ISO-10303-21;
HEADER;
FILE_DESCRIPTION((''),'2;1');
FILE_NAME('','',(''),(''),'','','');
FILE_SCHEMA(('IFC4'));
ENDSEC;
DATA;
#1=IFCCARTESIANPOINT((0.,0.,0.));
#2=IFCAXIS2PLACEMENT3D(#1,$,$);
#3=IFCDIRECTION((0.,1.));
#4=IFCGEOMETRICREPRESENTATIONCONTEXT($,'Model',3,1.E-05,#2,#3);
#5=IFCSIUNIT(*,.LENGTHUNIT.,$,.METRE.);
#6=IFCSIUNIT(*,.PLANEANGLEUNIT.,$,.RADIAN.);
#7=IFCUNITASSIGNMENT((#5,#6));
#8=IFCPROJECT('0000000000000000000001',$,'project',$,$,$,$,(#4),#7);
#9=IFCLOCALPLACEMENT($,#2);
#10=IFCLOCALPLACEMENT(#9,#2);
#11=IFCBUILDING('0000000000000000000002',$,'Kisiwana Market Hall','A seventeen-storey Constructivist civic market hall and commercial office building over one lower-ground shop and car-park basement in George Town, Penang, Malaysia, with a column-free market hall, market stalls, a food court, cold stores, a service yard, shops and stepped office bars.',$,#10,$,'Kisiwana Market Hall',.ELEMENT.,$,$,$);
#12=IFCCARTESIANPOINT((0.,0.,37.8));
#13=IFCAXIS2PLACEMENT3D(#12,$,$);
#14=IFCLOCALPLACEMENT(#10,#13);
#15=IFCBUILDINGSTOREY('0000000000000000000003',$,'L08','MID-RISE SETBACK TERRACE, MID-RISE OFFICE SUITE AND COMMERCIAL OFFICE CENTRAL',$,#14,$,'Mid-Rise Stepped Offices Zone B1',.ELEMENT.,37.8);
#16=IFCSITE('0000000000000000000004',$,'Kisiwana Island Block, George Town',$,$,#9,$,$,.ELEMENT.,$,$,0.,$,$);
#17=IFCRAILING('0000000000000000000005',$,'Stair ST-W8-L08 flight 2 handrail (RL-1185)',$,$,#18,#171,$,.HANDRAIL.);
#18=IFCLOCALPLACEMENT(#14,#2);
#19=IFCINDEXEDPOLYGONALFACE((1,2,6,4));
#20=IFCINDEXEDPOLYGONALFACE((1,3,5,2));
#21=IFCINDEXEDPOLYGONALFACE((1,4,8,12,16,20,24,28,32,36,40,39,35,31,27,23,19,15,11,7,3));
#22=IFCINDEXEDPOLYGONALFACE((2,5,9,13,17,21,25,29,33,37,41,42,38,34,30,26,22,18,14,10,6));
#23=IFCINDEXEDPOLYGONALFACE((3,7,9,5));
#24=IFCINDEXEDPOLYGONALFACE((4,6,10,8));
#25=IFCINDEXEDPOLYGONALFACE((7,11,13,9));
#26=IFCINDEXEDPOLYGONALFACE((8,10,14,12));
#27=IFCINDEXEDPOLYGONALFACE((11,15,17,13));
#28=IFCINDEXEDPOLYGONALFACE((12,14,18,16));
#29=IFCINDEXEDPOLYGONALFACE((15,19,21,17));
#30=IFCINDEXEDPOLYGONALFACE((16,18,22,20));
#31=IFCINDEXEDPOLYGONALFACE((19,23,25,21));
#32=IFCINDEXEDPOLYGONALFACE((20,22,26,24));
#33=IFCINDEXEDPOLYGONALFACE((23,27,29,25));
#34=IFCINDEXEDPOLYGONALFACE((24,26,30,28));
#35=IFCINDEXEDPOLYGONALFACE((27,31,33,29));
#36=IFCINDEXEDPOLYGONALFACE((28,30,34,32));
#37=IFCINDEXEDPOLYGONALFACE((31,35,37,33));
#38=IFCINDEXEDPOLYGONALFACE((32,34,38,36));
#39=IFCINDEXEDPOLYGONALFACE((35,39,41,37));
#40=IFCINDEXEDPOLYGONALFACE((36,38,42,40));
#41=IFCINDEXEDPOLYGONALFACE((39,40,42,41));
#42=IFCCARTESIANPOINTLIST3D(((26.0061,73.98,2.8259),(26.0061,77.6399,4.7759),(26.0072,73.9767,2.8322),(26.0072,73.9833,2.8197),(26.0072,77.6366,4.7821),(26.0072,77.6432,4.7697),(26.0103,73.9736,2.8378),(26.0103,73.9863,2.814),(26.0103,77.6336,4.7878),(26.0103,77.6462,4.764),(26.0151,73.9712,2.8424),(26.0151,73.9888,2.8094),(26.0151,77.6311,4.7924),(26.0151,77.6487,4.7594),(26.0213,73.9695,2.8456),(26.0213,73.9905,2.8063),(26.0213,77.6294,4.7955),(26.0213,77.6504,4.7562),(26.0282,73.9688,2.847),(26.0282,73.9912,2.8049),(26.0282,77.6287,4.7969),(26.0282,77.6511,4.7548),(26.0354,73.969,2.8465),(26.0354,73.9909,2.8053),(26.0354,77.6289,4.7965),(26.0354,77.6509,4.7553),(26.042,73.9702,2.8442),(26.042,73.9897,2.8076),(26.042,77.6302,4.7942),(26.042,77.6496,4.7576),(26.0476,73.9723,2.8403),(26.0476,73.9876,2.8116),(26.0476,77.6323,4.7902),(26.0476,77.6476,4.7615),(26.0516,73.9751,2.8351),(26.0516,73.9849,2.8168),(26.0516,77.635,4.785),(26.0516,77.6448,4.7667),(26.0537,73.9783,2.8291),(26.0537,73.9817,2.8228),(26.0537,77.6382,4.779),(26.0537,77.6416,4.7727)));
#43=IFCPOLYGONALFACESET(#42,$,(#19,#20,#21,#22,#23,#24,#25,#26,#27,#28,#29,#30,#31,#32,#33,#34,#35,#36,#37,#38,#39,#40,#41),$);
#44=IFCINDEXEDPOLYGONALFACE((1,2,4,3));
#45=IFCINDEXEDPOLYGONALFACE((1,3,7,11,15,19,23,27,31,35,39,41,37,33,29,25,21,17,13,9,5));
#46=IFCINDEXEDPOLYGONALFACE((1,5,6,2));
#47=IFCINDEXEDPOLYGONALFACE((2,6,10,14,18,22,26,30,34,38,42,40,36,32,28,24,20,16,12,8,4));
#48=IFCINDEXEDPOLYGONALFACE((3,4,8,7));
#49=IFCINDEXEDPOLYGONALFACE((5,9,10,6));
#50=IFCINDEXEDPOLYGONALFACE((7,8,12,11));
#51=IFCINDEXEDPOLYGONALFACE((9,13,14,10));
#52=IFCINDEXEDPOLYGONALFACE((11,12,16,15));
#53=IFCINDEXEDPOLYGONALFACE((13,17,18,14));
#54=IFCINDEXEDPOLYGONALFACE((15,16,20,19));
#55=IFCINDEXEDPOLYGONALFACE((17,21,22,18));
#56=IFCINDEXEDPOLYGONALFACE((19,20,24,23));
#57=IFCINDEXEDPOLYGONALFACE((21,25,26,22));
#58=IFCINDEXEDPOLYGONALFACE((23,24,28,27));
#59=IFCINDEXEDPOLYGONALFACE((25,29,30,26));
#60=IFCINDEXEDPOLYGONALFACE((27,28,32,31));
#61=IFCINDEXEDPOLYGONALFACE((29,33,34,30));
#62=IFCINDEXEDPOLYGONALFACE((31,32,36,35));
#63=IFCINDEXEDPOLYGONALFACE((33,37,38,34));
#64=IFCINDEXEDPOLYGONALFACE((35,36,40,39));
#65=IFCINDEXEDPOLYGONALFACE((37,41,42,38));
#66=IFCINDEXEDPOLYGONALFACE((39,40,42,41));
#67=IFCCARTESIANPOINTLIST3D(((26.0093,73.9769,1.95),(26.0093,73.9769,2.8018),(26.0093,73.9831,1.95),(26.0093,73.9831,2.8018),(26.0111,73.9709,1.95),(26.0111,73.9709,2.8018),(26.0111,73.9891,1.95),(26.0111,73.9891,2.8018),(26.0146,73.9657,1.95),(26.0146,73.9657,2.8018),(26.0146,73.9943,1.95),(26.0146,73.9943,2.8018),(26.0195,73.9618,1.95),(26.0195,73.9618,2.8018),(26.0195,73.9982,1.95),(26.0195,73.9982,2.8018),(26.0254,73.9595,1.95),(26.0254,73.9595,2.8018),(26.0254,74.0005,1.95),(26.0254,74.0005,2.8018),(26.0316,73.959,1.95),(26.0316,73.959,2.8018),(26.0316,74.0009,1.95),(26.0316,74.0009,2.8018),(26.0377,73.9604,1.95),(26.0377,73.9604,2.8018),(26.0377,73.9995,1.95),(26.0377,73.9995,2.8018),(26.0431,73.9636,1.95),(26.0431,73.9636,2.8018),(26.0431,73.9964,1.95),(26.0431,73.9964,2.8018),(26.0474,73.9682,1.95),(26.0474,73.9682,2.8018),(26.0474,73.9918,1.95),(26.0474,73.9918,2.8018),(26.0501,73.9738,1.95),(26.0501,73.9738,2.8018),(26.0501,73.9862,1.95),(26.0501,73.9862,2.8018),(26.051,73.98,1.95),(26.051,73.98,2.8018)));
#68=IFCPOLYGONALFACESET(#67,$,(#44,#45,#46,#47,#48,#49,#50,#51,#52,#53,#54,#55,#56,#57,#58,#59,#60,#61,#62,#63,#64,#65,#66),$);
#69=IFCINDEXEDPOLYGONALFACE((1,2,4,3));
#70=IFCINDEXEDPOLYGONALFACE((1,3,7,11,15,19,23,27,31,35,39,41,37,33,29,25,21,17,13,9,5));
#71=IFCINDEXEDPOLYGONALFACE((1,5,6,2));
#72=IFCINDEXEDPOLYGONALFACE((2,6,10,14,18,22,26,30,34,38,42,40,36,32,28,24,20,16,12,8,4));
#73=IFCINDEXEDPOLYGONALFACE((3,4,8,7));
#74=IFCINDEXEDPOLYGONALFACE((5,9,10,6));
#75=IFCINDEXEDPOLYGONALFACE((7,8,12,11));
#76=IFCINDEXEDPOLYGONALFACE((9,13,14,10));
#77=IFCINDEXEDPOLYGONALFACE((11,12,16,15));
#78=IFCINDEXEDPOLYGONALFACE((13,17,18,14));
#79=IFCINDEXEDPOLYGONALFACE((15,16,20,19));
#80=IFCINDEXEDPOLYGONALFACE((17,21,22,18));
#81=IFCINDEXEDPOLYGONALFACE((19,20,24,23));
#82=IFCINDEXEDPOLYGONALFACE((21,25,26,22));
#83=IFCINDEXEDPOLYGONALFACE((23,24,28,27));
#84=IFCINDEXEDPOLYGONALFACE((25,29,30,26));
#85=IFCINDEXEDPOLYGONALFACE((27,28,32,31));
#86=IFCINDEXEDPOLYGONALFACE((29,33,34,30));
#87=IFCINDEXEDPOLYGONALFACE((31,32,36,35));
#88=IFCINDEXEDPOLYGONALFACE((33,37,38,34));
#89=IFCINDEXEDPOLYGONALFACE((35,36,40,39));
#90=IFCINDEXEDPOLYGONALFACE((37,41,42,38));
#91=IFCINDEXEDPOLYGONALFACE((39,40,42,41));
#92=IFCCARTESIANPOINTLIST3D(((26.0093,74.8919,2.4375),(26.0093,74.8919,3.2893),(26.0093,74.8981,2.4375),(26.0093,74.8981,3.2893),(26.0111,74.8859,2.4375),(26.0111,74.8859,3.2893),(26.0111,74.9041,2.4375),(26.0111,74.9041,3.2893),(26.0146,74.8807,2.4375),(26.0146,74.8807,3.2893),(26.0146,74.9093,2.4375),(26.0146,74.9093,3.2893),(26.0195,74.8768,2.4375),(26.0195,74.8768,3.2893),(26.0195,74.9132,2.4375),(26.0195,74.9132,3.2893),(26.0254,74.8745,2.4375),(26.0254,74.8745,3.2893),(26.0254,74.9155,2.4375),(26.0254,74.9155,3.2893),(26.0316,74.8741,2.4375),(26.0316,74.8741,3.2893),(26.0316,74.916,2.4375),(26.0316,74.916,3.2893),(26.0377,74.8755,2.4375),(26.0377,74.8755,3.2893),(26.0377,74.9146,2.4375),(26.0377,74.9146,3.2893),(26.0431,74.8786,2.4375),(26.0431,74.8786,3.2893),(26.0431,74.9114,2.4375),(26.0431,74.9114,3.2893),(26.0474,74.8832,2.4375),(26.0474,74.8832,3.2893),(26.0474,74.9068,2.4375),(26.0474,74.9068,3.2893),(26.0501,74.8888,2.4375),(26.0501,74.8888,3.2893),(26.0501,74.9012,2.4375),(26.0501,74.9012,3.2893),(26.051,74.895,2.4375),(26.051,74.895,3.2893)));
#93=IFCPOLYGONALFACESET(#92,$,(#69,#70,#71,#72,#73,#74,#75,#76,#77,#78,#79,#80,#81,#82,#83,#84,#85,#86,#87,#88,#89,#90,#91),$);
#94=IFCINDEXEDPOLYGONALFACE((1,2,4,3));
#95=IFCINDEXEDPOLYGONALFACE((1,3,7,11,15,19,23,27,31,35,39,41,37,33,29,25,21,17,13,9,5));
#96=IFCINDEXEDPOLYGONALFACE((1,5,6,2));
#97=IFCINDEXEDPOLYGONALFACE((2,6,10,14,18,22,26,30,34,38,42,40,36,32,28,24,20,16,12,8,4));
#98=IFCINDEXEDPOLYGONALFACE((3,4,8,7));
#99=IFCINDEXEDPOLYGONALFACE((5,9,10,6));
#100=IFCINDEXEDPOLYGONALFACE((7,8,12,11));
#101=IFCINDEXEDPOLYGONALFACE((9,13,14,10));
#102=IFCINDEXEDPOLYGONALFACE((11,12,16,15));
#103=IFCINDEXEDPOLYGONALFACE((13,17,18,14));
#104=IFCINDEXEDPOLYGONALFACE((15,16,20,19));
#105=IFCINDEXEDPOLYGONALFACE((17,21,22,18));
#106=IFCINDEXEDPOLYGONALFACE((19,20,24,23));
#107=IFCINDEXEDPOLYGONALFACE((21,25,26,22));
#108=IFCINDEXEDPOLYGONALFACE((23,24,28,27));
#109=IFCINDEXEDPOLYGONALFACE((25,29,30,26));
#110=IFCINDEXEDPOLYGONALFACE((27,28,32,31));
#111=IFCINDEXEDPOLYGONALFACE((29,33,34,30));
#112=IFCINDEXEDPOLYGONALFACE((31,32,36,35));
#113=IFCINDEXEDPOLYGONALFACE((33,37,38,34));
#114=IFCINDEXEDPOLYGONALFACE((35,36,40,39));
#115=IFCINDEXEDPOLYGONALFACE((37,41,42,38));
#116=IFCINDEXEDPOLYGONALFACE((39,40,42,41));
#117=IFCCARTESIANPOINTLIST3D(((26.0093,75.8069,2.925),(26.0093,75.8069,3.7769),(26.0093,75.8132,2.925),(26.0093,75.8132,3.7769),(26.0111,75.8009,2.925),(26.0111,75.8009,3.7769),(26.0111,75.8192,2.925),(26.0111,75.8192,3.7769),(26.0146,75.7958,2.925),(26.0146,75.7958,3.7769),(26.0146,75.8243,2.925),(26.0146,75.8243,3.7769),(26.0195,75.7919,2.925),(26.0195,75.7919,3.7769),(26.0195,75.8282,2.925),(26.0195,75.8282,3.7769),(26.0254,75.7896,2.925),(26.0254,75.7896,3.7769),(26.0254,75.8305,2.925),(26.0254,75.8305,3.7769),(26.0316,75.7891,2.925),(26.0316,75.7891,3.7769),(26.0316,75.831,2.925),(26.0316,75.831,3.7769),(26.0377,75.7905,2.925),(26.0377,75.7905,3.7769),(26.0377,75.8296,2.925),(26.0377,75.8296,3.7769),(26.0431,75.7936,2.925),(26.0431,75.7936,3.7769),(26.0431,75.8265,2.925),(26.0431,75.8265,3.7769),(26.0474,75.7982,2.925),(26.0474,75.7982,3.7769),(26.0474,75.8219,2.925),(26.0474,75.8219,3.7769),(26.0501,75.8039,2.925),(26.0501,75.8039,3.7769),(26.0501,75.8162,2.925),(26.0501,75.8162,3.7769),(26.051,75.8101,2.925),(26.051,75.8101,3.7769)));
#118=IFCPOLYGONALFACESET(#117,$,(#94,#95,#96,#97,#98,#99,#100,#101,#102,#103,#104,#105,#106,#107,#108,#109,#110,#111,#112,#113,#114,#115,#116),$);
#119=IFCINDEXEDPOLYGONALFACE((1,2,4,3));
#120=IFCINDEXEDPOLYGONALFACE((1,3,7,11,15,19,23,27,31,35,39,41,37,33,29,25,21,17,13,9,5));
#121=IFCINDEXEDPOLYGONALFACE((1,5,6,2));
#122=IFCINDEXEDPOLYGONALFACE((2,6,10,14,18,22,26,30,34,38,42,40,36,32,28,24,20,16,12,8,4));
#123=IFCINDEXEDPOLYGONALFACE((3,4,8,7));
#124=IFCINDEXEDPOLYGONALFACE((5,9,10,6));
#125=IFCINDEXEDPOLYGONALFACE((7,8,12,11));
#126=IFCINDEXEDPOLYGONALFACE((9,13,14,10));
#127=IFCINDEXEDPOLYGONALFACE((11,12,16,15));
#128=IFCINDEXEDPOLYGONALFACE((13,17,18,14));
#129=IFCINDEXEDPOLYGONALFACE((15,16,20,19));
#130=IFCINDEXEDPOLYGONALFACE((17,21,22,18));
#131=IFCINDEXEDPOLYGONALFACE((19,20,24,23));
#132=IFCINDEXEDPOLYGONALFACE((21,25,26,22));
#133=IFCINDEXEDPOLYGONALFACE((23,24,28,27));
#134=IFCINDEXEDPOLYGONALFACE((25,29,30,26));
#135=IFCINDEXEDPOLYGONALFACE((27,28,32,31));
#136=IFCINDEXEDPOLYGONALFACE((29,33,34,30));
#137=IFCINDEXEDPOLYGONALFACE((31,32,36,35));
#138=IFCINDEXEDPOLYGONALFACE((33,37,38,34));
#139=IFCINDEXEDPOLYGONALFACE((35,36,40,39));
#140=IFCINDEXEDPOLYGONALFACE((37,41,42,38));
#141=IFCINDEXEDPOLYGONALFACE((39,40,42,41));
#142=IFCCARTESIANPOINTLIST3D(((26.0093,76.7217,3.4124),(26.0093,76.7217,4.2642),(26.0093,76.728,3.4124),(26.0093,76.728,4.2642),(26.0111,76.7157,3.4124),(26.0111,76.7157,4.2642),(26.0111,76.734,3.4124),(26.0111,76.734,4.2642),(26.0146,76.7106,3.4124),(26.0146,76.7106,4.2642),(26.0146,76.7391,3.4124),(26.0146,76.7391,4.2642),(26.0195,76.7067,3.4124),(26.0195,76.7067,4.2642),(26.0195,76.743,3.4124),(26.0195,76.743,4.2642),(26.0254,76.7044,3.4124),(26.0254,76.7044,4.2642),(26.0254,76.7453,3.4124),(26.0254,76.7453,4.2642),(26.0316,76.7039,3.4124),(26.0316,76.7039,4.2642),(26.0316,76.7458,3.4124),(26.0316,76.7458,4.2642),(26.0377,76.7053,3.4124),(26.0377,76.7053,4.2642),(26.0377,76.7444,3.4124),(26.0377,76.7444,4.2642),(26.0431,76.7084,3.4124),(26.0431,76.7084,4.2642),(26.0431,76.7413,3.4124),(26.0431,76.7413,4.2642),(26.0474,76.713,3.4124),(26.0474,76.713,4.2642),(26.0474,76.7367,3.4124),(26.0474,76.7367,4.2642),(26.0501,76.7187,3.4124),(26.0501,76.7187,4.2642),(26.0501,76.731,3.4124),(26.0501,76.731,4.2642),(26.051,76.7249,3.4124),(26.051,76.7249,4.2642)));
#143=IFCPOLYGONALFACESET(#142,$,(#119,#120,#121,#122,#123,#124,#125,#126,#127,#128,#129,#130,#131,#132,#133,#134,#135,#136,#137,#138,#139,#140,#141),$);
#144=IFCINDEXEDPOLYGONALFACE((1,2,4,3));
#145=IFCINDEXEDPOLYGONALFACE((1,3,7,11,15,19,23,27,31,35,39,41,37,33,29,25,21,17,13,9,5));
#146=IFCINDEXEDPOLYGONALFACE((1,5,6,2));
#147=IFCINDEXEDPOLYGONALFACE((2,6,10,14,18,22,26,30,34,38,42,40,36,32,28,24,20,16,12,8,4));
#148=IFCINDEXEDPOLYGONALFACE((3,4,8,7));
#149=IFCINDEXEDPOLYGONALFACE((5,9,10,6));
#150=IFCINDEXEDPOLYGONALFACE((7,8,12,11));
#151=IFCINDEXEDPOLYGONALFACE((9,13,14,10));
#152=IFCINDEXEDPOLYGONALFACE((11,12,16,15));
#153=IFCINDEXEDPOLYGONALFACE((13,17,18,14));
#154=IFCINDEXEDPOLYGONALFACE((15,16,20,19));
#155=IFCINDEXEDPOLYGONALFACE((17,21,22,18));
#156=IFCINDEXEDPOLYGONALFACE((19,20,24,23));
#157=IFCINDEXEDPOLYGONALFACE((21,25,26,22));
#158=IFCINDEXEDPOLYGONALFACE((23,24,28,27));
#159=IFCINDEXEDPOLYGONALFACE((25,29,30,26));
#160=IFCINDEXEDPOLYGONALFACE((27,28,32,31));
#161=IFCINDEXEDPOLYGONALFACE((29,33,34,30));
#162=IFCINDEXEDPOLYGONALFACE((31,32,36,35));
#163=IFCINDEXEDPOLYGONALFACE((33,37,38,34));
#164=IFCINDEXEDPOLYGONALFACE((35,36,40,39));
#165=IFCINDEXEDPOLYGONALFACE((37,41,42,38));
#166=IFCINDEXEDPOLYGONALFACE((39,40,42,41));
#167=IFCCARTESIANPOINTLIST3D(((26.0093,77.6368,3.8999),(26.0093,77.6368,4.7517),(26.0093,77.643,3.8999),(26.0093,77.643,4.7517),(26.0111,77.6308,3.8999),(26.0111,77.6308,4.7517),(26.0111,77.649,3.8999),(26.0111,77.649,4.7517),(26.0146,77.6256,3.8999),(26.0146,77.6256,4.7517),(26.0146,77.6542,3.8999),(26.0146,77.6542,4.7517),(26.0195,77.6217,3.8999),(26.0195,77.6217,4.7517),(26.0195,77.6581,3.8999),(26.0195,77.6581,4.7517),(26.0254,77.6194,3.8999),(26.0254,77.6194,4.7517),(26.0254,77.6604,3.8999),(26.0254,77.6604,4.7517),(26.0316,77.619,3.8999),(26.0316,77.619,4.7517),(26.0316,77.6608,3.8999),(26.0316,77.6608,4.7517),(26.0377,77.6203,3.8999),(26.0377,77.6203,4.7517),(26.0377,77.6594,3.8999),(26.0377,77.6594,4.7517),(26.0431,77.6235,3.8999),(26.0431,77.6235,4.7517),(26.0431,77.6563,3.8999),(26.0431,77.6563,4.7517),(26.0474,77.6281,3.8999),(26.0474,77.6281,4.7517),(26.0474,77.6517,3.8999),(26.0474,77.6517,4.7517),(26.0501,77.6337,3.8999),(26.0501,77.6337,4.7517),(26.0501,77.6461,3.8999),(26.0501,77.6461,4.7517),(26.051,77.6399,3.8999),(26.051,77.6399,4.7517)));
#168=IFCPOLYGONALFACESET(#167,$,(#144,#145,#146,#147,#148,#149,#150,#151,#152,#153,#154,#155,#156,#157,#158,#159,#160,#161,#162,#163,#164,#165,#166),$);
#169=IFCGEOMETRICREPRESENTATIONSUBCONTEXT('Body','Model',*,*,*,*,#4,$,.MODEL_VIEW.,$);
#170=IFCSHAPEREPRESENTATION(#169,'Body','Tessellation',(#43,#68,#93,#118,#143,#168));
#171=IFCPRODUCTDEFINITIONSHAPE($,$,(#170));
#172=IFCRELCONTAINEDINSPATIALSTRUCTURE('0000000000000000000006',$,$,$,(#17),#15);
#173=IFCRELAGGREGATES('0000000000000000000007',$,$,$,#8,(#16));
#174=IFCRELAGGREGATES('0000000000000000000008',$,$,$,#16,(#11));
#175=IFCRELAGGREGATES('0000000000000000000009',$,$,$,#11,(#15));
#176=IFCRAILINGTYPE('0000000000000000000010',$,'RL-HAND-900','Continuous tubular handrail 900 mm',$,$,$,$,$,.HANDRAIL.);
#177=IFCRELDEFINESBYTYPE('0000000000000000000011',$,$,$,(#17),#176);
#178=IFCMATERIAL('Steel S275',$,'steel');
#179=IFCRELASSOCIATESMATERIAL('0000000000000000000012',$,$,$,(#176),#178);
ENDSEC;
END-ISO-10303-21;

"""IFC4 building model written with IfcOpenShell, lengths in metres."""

from ifc_helpers import new_model, si_unit, direction, frame, origin, origin_2d, place, context, subcontext, project, spatial, circle, extrude, material, type_object, element, save


model = new_model("IFC4")

# Units and contexts
model_context = context("Model", 3, precision=1e-05, world=origin(), true_north=direction((0.0, 1.0)))
body_context = subcontext(model_context, "Body", "Model", "MODEL_VIEW")
ifc_project = project(units=[si_unit("LENGTHUNIT", "METRE"), si_unit("PLANEANGLEUNIT", "RADIAN")], contexts=[model_context])

# Site, building, storey
site_placement = place(None, origin())
site = spatial("IfcSite", under=ifc_project, at=site_placement, Name="Kisiwana Island Block, George Town", CompositionType="ELEMENT", RefElevation=0.0)
building_placement = place(site_placement, origin())
building = spatial("IfcBuilding", under=site, at=building_placement, Name="Kisiwana Market Hall", Description="A seventeen-storey Constructivist civic market hall and commercial office building over one lower-ground shop and car-park basement in George Town, Penang, Malaysia, with a column-free market hall, market stalls, a food court, cold stores, a service yard, shops and stepped office bars.", LongName="Kisiwana Market Hall", CompositionType="ELEMENT")
storey_placement = place(building_placement, frame((0.0, 0.0, 37.8)))
storey = spatial("IfcBuildingStorey", under=building, at=storey_placement, Name="L08", Description="MID-RISE SETBACK TERRACE, MID-RISE OFFICE SUITE AND COMMERCIAL OFFICE CENTRAL", LongName="Mid-Rise Stepped Offices Zone B1", CompositionType="ELEMENT", Elevation=37.8)

# Railing
ifc_material_1 = material(Name="Steel S275", Category="steel")
railing_type_1 = type_object("IfcRailingType", Name="RL-HAND-900", Description="Continuous tubular handrail 900 mm", PredefinedType="HANDRAIL", material=ifc_material_1)
railing_1_placement = place(storey_placement, frame((26.03, 73.98, 1.95)))
element("IfcRailing", 1, at=railing_1_placement, inside=storey, type_object=railing_type_1, Name="Stair ST-W8-L08 flight 2 handrail (RL-1185)", PredefinedType="HANDRAIL", context=body_context, shape_type="SweptSolid", body=[
    extrude(circle(Radius=0.0239, at=origin_2d()), frame((0.0, 0.0, 0.876), z_axis=(0.0, 0.882553, 0.470212), x_axis=(-1.0, 0.0, 0.0)), (0.0, 0.0, 1.0), 4.147),
    extrude(circle(Radius=0.021, at=origin_2d()), origin(), (0.0, 0.0, 1.0), 0.8518),
    extrude(circle(Radius=0.021, at=origin_2d()), frame((0.0, 0.915, 0.4875)), (0.0, 0.0, 1.0), 0.8518),
    extrude(circle(Radius=0.021, at=origin_2d()), frame((0.0, 1.8301, 0.9751)), (0.0, 0.0, 1.0), 0.8518),
    extrude(circle(Radius=0.021, at=origin_2d()), frame((0.0, 2.7449, 1.4624)), (0.0, 0.0, 1.0), 0.8518),
    extrude(circle(Radius=0.021, at=origin_2d()), frame((0.0, 3.6599, 1.95)), (0.0, 0.0, 1.0), 0.8518),
])

save(model, "model.ifc")
